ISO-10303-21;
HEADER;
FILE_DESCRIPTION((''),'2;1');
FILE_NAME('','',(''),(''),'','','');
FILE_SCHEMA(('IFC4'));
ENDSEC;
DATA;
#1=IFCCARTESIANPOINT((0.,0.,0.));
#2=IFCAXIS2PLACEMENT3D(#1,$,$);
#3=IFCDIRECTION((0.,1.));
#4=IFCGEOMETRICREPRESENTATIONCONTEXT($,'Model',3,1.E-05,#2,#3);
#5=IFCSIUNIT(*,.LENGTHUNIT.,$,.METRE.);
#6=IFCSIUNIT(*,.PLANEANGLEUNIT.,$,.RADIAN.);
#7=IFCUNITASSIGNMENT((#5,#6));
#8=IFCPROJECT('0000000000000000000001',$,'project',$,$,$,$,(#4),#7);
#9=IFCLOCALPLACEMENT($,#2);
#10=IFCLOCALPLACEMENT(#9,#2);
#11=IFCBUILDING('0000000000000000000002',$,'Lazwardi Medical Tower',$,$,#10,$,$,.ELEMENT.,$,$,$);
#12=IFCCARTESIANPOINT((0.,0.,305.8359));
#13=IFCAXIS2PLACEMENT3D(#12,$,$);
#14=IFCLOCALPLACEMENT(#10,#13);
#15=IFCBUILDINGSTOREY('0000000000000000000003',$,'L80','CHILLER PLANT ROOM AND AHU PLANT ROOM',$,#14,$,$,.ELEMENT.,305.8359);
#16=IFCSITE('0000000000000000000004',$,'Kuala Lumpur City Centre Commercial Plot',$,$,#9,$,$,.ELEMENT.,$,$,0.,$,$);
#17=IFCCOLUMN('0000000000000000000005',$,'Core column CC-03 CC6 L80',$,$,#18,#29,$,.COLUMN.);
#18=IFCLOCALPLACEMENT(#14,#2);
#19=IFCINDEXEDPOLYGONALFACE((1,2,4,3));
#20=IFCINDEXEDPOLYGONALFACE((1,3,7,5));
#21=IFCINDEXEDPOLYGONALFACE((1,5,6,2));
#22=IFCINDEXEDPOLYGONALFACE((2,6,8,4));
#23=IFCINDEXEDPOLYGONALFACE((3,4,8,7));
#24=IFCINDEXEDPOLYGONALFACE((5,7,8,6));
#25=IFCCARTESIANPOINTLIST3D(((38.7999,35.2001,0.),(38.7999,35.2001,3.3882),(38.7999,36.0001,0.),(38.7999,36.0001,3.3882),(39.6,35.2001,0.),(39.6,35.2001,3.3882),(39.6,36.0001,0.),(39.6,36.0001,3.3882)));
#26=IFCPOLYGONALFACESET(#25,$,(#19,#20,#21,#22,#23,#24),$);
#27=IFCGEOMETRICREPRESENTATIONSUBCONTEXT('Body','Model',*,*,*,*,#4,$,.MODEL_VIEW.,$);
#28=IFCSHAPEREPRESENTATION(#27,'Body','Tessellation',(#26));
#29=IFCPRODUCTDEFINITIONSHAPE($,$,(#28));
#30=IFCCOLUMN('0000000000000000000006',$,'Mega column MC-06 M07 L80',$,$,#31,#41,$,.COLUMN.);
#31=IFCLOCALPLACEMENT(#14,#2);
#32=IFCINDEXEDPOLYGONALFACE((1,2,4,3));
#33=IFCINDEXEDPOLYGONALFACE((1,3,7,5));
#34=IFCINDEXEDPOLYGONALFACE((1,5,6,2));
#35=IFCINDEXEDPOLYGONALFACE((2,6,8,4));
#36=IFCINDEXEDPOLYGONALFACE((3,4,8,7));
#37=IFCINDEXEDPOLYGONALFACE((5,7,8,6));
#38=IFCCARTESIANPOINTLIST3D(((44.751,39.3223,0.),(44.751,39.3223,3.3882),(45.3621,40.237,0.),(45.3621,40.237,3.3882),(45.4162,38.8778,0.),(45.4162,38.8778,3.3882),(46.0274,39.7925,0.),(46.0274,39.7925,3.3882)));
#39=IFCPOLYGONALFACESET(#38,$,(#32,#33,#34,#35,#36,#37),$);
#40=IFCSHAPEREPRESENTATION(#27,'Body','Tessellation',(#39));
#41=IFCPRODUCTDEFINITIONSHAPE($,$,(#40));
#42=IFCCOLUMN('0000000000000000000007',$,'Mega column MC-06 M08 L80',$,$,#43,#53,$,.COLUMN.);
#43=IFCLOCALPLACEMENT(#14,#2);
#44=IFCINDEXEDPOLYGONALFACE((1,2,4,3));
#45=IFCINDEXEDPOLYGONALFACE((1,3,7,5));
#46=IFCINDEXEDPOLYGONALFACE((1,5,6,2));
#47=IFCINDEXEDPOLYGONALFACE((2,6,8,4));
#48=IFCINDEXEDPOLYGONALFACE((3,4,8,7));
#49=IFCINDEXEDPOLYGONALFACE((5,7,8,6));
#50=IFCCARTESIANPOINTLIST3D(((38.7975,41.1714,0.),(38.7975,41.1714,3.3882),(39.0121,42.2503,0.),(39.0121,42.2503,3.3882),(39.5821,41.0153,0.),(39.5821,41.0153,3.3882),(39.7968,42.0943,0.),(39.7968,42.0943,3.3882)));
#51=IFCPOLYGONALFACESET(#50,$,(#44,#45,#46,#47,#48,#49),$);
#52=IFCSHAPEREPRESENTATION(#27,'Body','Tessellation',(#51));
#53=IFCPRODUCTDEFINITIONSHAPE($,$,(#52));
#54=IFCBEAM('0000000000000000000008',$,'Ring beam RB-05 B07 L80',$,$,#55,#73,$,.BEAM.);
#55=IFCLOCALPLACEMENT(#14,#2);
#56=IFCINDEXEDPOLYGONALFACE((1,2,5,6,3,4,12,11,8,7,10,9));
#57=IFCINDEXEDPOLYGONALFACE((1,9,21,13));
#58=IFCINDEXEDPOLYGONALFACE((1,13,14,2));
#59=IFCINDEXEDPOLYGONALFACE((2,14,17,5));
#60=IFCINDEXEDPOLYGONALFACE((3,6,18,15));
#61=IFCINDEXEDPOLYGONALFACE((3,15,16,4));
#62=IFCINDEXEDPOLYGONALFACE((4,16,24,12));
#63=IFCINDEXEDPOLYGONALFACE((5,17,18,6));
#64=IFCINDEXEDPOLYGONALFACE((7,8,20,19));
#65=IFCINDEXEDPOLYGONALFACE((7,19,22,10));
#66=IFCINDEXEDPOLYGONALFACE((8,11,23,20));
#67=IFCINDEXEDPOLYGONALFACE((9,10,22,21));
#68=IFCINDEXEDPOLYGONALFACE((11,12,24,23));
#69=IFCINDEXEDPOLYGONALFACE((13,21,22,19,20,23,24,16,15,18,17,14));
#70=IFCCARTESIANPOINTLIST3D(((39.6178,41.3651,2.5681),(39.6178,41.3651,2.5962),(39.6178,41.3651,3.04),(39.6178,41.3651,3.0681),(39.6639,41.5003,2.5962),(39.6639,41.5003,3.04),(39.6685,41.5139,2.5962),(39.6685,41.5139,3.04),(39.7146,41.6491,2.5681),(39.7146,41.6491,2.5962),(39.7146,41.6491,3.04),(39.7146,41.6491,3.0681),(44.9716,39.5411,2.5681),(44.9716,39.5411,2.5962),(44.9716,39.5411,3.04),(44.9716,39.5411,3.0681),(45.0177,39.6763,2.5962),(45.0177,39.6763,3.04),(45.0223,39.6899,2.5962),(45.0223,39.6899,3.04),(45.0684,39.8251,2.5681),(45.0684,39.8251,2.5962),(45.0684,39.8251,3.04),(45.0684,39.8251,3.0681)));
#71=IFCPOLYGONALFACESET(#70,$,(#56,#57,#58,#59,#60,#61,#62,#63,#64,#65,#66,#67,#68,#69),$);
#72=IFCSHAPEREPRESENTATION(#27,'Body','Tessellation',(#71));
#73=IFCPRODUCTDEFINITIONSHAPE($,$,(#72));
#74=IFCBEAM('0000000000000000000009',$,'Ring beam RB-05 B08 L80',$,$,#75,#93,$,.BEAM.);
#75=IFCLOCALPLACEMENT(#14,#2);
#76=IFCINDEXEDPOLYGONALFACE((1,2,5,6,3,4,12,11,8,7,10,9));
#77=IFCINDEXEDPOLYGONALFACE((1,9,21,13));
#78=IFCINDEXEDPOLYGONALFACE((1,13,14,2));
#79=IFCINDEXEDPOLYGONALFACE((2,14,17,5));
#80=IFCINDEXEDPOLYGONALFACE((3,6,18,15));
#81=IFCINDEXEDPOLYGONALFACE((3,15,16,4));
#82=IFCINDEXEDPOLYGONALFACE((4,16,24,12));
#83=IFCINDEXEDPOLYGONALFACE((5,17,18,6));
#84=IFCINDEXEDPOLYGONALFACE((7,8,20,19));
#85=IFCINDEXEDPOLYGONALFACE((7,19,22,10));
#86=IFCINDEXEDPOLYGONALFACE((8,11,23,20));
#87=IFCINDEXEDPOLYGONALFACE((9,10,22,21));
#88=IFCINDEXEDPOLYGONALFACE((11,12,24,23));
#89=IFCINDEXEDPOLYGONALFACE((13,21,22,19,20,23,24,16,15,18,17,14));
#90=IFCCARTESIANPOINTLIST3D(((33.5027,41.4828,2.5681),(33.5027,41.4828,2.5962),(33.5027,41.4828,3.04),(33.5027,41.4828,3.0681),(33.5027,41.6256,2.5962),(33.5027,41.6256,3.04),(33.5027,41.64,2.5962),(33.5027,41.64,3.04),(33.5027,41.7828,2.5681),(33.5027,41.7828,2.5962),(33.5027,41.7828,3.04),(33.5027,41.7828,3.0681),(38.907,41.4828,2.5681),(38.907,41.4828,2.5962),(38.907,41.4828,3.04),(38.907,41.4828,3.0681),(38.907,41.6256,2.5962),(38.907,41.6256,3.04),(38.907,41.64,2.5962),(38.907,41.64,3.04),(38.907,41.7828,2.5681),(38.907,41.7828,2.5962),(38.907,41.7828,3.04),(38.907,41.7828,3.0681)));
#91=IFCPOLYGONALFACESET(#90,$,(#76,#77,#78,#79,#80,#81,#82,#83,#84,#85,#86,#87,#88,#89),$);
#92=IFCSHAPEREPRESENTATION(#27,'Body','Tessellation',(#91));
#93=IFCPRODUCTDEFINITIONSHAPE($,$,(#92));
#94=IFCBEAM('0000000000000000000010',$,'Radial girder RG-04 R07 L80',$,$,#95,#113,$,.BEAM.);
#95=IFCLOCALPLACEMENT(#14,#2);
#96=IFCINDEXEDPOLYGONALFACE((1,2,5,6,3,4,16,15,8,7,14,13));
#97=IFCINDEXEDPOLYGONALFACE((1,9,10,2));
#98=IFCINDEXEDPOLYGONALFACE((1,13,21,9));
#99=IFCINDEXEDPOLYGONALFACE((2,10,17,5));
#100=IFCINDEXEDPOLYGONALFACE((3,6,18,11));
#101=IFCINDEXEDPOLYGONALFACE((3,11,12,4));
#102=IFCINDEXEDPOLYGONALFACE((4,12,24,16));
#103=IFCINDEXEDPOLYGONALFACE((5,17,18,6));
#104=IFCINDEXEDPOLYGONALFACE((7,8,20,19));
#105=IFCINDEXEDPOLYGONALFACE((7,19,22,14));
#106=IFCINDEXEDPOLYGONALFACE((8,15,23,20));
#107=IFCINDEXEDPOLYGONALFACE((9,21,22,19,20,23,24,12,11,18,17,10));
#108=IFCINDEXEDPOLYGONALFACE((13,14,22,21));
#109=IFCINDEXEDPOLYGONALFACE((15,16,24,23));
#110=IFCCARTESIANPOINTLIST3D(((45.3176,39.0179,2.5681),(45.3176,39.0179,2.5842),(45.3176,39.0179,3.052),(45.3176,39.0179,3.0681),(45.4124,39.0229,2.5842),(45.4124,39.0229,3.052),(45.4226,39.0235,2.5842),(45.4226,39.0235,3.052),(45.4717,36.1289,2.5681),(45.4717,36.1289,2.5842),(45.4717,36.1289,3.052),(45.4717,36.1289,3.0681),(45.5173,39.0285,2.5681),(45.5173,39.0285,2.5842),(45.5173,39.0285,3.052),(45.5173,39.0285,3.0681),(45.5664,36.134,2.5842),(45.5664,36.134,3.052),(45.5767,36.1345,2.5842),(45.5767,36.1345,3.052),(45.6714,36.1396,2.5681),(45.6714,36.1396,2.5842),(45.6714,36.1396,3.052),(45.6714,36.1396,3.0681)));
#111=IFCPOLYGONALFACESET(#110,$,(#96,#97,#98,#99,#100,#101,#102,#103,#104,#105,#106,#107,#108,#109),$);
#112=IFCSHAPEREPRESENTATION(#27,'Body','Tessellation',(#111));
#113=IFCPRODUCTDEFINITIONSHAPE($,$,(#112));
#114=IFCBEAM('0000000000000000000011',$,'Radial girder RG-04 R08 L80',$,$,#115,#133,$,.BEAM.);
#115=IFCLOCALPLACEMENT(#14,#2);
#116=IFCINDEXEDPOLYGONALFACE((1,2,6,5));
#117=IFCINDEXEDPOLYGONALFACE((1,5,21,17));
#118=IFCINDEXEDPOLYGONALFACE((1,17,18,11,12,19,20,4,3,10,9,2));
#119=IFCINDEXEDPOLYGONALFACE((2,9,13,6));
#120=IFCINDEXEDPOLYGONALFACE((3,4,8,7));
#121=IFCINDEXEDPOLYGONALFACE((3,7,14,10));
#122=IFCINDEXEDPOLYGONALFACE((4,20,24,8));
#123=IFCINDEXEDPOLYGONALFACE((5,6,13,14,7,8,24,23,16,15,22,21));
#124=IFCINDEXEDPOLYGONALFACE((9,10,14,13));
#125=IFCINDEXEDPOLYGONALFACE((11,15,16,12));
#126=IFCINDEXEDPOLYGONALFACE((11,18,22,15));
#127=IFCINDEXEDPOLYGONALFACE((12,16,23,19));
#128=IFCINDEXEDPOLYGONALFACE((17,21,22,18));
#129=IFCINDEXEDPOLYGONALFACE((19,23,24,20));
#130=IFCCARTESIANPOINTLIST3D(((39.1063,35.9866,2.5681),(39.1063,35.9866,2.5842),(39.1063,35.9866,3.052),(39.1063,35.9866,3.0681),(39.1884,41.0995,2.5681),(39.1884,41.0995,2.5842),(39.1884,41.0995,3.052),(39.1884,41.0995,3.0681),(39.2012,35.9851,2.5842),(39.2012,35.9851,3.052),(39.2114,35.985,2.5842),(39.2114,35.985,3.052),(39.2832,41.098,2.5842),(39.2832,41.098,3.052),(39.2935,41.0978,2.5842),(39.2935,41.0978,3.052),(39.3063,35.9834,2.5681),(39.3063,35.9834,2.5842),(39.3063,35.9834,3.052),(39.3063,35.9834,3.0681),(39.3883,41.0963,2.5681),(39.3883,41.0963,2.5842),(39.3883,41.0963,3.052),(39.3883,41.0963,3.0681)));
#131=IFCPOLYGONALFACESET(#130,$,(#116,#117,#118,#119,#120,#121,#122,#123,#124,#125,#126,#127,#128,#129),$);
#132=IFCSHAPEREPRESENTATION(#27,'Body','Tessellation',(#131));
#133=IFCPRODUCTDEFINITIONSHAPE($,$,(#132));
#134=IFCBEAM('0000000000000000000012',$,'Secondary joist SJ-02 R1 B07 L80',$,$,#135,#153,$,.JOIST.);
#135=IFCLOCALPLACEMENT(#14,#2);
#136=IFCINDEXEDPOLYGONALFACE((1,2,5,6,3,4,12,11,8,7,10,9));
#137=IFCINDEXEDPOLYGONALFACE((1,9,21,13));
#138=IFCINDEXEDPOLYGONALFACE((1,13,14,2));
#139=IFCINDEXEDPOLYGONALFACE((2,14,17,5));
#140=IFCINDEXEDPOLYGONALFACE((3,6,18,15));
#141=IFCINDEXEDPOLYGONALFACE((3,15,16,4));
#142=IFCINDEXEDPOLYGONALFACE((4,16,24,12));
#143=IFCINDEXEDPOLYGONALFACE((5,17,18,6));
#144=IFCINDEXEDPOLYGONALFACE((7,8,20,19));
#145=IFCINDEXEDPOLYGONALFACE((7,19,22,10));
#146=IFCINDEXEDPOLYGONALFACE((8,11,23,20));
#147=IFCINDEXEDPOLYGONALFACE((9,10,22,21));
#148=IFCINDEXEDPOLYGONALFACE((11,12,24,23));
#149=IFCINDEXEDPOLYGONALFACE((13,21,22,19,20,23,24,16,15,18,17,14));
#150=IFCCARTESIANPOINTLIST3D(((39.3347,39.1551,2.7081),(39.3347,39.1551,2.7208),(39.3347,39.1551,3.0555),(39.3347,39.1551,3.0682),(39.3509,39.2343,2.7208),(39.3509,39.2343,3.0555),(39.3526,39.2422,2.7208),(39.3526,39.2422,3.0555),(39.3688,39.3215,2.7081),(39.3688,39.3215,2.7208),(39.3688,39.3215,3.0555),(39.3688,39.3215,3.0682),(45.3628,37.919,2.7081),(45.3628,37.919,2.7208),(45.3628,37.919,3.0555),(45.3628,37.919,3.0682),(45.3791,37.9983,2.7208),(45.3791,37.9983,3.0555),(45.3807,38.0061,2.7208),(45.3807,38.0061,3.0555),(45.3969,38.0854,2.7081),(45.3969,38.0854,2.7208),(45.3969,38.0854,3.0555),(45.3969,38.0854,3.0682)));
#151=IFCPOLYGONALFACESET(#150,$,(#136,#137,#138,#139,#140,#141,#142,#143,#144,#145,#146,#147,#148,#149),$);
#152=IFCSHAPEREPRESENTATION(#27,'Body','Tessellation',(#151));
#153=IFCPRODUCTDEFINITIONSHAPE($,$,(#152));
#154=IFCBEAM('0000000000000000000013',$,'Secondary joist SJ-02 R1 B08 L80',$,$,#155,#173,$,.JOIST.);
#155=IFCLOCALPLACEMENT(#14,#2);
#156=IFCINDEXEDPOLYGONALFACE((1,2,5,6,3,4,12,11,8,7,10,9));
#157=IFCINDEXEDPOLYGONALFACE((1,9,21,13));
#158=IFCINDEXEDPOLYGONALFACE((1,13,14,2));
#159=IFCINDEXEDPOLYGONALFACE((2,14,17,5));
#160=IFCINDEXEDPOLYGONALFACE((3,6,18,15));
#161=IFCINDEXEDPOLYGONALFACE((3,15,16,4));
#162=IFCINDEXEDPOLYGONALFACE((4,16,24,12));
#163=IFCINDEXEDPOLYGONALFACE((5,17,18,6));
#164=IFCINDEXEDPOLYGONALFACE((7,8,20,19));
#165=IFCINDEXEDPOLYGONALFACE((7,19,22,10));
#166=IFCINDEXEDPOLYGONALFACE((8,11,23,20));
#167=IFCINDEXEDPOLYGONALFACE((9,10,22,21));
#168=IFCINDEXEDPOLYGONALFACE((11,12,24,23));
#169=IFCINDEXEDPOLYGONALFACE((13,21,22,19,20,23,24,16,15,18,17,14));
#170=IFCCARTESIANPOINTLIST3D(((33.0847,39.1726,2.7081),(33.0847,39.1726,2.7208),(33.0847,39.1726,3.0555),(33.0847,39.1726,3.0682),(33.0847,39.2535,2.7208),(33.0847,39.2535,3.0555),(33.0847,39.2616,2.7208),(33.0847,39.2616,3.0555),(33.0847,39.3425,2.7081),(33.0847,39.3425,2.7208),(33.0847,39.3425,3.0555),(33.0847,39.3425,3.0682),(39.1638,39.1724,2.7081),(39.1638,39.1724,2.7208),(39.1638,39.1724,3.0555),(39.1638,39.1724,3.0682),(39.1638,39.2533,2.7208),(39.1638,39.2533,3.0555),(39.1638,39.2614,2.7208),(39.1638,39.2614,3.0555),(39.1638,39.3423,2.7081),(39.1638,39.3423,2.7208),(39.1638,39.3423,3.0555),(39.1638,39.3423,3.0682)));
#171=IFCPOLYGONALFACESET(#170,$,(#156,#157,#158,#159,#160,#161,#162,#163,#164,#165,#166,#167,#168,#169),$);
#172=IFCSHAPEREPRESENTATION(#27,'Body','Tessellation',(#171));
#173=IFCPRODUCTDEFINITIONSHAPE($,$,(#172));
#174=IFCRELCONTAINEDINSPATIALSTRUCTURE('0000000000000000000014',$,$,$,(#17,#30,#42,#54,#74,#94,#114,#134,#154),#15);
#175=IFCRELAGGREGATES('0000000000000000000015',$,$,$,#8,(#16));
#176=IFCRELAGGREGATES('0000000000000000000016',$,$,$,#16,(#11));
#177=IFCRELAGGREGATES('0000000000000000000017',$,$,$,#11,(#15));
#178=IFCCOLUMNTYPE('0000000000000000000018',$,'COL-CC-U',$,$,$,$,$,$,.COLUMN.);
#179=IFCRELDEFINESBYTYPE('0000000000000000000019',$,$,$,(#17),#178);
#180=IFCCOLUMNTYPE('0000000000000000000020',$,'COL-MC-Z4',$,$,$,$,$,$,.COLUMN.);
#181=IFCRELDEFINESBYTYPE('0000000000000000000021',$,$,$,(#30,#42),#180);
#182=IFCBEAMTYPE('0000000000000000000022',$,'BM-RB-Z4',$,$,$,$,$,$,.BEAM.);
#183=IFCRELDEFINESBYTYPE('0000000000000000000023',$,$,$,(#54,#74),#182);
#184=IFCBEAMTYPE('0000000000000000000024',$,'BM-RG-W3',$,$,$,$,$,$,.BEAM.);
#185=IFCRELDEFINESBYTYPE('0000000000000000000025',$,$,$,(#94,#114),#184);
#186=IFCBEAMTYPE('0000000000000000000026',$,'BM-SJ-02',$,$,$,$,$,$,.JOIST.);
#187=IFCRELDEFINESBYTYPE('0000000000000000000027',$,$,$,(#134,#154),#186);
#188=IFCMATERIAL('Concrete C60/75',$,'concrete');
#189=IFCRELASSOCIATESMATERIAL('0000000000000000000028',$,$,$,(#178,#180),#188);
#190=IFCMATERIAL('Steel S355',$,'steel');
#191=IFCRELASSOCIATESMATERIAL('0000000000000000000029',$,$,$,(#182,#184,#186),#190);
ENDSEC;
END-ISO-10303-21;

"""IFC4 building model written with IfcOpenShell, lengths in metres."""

from ifc_helpers import new_model, si_unit, direction, frame, origin, origin_2d, place, context, subcontext, project, spatial, rectangle, i_section, extrude, material, material_profile, profile_set, type_object, element, save


model = new_model("IFC4")

# Units and contexts
model_context = context("Model", 3, precision=1e-05, world=origin(), true_north=direction((0.0, 1.0)))
body_context = subcontext(model_context, "Body", "Model", "MODEL_VIEW")
ifc_project = project(units=[si_unit("LENGTHUNIT", "METRE"), si_unit("PLANEANGLEUNIT", "RADIAN")], contexts=[model_context])

# Site, building, storey
site_placement = place(None, origin())
site = spatial("IfcSite", under=ifc_project, at=site_placement, Name="Kuala Lumpur City Centre Commercial Plot", CompositionType="ELEMENT", RefElevation=0.0)
building_placement = place(site_placement, origin())
building = spatial("IfcBuilding", under=site, at=building_placement, Name="Lazwardi Medical Tower", CompositionType="ELEMENT")
storey_placement = place(building_placement, frame((0.0, 0.0, 305.8359)))
storey = spatial("IfcBuildingStorey", under=building, at=storey_placement, Name="L80", Description="CHILLER PLANT ROOM AND AHU PLANT ROOM", CompositionType="ELEMENT", Elevation=305.8359)

# Columns
ifc_material_1 = material(Name="Concrete C60/75", Category="concrete")
ifc_material_profile_1 = material_profile(ifc_material_1, rectangle(XDim=0.8, YDim=0.8, at=origin_2d()), Name="RC 800x800")
ifc_profile_set_1 = profile_set([ifc_material_profile_1], Name="Concrete C60/75")
column_type_1 = type_object("IfcColumnType", Name="COL-CC-U", PredefinedType="COLUMN", material=ifc_profile_set_1)
column_placement = place(storey_placement, frame((39.2, 35.6001, 0.0), z_axis=(0.0, 0.0, 1.0), x_axis=(1.0, 0.0, 0.0)))
element("IfcColumn", 1, at=column_placement, inside=storey, type_object=column_type_1, Name="Core column CC-03 CC6 L80", PredefinedType="COLUMN", context=body_context, shape_type="SweptSolid", body=[
    extrude(rectangle(XDim=0.8, YDim=0.8, at=origin_2d()), origin(), (0.0, 0.0, 1.0), 3.3882),
])
ifc_material_profile_2 = material_profile(ifc_material_1, rectangle(XDim=1.1001, YDim=0.8, at=origin_2d()), Name="CFT-RECT 1100x800")
ifc_profile_set_2 = profile_set([ifc_material_profile_2], Name="Concrete C60/75")
column_type_2 = type_object("IfcColumnType", Name="COL-MC-Z4", PredefinedType="COLUMN", material=ifc_profile_set_2)
for number, where, z_axis, x_axis, name in (
    (2, (45.3892, 39.5574, 0.0), (0.0, 0.0, 1.0), (0.55557, 0.83147, 0.0), "Mega column MC-06 M07 L80"),
    (3, (39.2971, 41.6328, 0.0), (0.0, 0.0, 1.0), (0.19509, 0.980785, 0.0), "Mega column MC-06 M08 L80"),
):
    element("IfcColumn", number, at=place(storey_placement, frame(where, z_axis=z_axis, x_axis=x_axis)), inside=storey, type_object=column_type_2, Name=name, PredefinedType="COLUMN", context=body_context, shape_type="SweptSolid", body=[
        extrude(rectangle(XDim=1.1001, YDim=0.8, at=origin_2d()), origin(), (0.0, 0.0, 1.0), 3.3882),
    ])

# Beams
ifc_material_2 = material(Name="Steel S355", Category="steel")
ifc_material_profile_3 = material_profile(ifc_material_2, i_section(OverallWidth=0.3, OverallDepth=0.5, WebThickness=0.0144, FlangeThickness=0.0281, at=origin_2d()), Name="HEB 500")
ifc_profile_set_3 = profile_set([ifc_material_profile_3], Name="Steel S355")
beam_type_1 = type_object("IfcBeamType", Name="BM-RB-Z4", PredefinedType="BEAM", material=ifc_profile_set_3)
beam_1_placement = place(storey_placement, frame((45.02, 39.6831, 2.8181), z_axis=(-0.946573, 0.322488, 0.0), x_axis=(-0.322488, -0.946573, 0.0)))
element("IfcBeam", 4, at=beam_1_placement, inside=storey, type_object=beam_type_1, Name="Ring beam RB-05 B07 L80", PredefinedType="BEAM", context=body_context, shape_type="SweptSolid", body=[
    extrude(i_section(OverallWidth=0.3, OverallDepth=0.5, WebThickness=0.0144, FlangeThickness=0.0281, at=origin_2d()), origin(), (0.0, 0.0, 1.0), 5.656),
])
beam_2_placement = place(storey_placement, frame((38.907, 41.6328, 2.8181), z_axis=(-1.0, 0.0, 0.0), x_axis=(0.0, -1.0, 0.0)))
element("IfcBeam", 5, at=beam_2_placement, inside=storey, type_object=beam_type_1, Name="Ring beam RB-05 B08 L80", PredefinedType="BEAM", context=body_context, shape_type="SweptSolid", body=[
    extrude(i_section(OverallWidth=0.3, OverallDepth=0.5, WebThickness=0.0144, FlangeThickness=0.0281, at=origin_2d()), origin(), (0.0, 0.0, 1.0), 5.4043),
])
ifc_material_profile_4 = material_profile(ifc_material_2, i_section(OverallWidth=0.2, OverallDepth=0.5, WebThickness=0.0103, FlangeThickness=0.0161, at=origin_2d()), Name="IPE 500")
ifc_profile_set_4 = profile_set([ifc_material_profile_4], Name="Steel S355")
beam_type_2 = type_object("IfcBeamType", Name="BM-RG-W3", PredefinedType="BEAM", material=ifc_profile_set_4)
beam_3_placement = place(storey_placement, frame((45.4175, 39.0232, 2.8181), z_axis=(0.05325, -0.998581, 0.0), x_axis=(0.998581, 0.05325, 0.0)))
element("IfcBeam", 6, at=beam_3_placement, inside=storey, type_object=beam_type_2, Name="Radial girder RG-04 R07 L80", PredefinedType="BEAM", context=body_context, shape_type="SweptSolid", body=[
    extrude(i_section(OverallWidth=0.2, OverallDepth=0.5, WebThickness=0.0103, FlangeThickness=0.0161, at=origin_2d()), origin(), (0.0, 0.0, 1.0), 2.8931),
])
beam_4_placement = place(storey_placement, frame((39.2883, 41.0979, 2.8181), z_axis=(-0.016042, -0.999871, 0.0), x_axis=(0.999871, -0.016042, 0.0)))
element("IfcBeam", 7, at=beam_4_placement, inside=storey, type_object=beam_type_2, Name="Radial girder RG-04 R08 L80", PredefinedType="BEAM", context=body_context, shape_type="SweptSolid", body=[
    extrude(i_section(OverallWidth=0.2, OverallDepth=0.5, WebThickness=0.0103, FlangeThickness=0.0161, at=origin_2d()), origin(), (0.0, 0.0, 1.0), 5.1135),
])
ifc_material_profile_5 = material_profile(ifc_material_2, i_section(OverallWidth=0.1699, OverallDepth=0.3601, WebThickness=0.0081, FlangeThickness=0.0127, at=origin_2d()), Name="IPE 360")
ifc_profile_set_5 = profile_set([ifc_material_profile_5], Name="Steel S355")
beam_type_3 = type_object("IfcBeamType", Name="BM-SJ-02", PredefinedType="JOIST", material=ifc_profile_set_5)
beam_5_placement = place(storey_placement, frame((45.3799, 38.0022, 2.8882), z_axis=(-0.979617, 0.200875, 0.0), x_axis=(-0.200875, -0.979617, 0.0)))
element("IfcBeam", 8, at=beam_5_placement, inside=storey, type_object=beam_type_3, Name="Secondary joist SJ-02 R1 B07 L80", PredefinedType="JOIST", context=body_context, shape_type="SweptSolid", body=[
    extrude(i_section(OverallWidth=0.1699, OverallDepth=0.3601, WebThickness=0.0081, FlangeThickness=0.0127, at=origin_2d()), origin(), (0.0, 0.0, 1.0), 6.1536),
])
beam_6_placement = place(storey_placement, frame((39.1638, 39.2573, 2.8882), z_axis=(-1.0, 0.00004, 0.0), x_axis=(-0.00004, -1.0, 0.0)))
element("IfcBeam", 9, at=beam_6_placement, inside=storey, type_object=beam_type_3, Name="Secondary joist SJ-02 R1 B08 L80", PredefinedType="JOIST", context=body_context, shape_type="SweptSolid", body=[
    extrude(i_section(OverallWidth=0.1699, OverallDepth=0.3601, WebThickness=0.0081, FlangeThickness=0.0127, at=origin_2d()), origin(), (0.0, 0.0, 1.0), 6.0791),
])

save(model, "model.ifc")
